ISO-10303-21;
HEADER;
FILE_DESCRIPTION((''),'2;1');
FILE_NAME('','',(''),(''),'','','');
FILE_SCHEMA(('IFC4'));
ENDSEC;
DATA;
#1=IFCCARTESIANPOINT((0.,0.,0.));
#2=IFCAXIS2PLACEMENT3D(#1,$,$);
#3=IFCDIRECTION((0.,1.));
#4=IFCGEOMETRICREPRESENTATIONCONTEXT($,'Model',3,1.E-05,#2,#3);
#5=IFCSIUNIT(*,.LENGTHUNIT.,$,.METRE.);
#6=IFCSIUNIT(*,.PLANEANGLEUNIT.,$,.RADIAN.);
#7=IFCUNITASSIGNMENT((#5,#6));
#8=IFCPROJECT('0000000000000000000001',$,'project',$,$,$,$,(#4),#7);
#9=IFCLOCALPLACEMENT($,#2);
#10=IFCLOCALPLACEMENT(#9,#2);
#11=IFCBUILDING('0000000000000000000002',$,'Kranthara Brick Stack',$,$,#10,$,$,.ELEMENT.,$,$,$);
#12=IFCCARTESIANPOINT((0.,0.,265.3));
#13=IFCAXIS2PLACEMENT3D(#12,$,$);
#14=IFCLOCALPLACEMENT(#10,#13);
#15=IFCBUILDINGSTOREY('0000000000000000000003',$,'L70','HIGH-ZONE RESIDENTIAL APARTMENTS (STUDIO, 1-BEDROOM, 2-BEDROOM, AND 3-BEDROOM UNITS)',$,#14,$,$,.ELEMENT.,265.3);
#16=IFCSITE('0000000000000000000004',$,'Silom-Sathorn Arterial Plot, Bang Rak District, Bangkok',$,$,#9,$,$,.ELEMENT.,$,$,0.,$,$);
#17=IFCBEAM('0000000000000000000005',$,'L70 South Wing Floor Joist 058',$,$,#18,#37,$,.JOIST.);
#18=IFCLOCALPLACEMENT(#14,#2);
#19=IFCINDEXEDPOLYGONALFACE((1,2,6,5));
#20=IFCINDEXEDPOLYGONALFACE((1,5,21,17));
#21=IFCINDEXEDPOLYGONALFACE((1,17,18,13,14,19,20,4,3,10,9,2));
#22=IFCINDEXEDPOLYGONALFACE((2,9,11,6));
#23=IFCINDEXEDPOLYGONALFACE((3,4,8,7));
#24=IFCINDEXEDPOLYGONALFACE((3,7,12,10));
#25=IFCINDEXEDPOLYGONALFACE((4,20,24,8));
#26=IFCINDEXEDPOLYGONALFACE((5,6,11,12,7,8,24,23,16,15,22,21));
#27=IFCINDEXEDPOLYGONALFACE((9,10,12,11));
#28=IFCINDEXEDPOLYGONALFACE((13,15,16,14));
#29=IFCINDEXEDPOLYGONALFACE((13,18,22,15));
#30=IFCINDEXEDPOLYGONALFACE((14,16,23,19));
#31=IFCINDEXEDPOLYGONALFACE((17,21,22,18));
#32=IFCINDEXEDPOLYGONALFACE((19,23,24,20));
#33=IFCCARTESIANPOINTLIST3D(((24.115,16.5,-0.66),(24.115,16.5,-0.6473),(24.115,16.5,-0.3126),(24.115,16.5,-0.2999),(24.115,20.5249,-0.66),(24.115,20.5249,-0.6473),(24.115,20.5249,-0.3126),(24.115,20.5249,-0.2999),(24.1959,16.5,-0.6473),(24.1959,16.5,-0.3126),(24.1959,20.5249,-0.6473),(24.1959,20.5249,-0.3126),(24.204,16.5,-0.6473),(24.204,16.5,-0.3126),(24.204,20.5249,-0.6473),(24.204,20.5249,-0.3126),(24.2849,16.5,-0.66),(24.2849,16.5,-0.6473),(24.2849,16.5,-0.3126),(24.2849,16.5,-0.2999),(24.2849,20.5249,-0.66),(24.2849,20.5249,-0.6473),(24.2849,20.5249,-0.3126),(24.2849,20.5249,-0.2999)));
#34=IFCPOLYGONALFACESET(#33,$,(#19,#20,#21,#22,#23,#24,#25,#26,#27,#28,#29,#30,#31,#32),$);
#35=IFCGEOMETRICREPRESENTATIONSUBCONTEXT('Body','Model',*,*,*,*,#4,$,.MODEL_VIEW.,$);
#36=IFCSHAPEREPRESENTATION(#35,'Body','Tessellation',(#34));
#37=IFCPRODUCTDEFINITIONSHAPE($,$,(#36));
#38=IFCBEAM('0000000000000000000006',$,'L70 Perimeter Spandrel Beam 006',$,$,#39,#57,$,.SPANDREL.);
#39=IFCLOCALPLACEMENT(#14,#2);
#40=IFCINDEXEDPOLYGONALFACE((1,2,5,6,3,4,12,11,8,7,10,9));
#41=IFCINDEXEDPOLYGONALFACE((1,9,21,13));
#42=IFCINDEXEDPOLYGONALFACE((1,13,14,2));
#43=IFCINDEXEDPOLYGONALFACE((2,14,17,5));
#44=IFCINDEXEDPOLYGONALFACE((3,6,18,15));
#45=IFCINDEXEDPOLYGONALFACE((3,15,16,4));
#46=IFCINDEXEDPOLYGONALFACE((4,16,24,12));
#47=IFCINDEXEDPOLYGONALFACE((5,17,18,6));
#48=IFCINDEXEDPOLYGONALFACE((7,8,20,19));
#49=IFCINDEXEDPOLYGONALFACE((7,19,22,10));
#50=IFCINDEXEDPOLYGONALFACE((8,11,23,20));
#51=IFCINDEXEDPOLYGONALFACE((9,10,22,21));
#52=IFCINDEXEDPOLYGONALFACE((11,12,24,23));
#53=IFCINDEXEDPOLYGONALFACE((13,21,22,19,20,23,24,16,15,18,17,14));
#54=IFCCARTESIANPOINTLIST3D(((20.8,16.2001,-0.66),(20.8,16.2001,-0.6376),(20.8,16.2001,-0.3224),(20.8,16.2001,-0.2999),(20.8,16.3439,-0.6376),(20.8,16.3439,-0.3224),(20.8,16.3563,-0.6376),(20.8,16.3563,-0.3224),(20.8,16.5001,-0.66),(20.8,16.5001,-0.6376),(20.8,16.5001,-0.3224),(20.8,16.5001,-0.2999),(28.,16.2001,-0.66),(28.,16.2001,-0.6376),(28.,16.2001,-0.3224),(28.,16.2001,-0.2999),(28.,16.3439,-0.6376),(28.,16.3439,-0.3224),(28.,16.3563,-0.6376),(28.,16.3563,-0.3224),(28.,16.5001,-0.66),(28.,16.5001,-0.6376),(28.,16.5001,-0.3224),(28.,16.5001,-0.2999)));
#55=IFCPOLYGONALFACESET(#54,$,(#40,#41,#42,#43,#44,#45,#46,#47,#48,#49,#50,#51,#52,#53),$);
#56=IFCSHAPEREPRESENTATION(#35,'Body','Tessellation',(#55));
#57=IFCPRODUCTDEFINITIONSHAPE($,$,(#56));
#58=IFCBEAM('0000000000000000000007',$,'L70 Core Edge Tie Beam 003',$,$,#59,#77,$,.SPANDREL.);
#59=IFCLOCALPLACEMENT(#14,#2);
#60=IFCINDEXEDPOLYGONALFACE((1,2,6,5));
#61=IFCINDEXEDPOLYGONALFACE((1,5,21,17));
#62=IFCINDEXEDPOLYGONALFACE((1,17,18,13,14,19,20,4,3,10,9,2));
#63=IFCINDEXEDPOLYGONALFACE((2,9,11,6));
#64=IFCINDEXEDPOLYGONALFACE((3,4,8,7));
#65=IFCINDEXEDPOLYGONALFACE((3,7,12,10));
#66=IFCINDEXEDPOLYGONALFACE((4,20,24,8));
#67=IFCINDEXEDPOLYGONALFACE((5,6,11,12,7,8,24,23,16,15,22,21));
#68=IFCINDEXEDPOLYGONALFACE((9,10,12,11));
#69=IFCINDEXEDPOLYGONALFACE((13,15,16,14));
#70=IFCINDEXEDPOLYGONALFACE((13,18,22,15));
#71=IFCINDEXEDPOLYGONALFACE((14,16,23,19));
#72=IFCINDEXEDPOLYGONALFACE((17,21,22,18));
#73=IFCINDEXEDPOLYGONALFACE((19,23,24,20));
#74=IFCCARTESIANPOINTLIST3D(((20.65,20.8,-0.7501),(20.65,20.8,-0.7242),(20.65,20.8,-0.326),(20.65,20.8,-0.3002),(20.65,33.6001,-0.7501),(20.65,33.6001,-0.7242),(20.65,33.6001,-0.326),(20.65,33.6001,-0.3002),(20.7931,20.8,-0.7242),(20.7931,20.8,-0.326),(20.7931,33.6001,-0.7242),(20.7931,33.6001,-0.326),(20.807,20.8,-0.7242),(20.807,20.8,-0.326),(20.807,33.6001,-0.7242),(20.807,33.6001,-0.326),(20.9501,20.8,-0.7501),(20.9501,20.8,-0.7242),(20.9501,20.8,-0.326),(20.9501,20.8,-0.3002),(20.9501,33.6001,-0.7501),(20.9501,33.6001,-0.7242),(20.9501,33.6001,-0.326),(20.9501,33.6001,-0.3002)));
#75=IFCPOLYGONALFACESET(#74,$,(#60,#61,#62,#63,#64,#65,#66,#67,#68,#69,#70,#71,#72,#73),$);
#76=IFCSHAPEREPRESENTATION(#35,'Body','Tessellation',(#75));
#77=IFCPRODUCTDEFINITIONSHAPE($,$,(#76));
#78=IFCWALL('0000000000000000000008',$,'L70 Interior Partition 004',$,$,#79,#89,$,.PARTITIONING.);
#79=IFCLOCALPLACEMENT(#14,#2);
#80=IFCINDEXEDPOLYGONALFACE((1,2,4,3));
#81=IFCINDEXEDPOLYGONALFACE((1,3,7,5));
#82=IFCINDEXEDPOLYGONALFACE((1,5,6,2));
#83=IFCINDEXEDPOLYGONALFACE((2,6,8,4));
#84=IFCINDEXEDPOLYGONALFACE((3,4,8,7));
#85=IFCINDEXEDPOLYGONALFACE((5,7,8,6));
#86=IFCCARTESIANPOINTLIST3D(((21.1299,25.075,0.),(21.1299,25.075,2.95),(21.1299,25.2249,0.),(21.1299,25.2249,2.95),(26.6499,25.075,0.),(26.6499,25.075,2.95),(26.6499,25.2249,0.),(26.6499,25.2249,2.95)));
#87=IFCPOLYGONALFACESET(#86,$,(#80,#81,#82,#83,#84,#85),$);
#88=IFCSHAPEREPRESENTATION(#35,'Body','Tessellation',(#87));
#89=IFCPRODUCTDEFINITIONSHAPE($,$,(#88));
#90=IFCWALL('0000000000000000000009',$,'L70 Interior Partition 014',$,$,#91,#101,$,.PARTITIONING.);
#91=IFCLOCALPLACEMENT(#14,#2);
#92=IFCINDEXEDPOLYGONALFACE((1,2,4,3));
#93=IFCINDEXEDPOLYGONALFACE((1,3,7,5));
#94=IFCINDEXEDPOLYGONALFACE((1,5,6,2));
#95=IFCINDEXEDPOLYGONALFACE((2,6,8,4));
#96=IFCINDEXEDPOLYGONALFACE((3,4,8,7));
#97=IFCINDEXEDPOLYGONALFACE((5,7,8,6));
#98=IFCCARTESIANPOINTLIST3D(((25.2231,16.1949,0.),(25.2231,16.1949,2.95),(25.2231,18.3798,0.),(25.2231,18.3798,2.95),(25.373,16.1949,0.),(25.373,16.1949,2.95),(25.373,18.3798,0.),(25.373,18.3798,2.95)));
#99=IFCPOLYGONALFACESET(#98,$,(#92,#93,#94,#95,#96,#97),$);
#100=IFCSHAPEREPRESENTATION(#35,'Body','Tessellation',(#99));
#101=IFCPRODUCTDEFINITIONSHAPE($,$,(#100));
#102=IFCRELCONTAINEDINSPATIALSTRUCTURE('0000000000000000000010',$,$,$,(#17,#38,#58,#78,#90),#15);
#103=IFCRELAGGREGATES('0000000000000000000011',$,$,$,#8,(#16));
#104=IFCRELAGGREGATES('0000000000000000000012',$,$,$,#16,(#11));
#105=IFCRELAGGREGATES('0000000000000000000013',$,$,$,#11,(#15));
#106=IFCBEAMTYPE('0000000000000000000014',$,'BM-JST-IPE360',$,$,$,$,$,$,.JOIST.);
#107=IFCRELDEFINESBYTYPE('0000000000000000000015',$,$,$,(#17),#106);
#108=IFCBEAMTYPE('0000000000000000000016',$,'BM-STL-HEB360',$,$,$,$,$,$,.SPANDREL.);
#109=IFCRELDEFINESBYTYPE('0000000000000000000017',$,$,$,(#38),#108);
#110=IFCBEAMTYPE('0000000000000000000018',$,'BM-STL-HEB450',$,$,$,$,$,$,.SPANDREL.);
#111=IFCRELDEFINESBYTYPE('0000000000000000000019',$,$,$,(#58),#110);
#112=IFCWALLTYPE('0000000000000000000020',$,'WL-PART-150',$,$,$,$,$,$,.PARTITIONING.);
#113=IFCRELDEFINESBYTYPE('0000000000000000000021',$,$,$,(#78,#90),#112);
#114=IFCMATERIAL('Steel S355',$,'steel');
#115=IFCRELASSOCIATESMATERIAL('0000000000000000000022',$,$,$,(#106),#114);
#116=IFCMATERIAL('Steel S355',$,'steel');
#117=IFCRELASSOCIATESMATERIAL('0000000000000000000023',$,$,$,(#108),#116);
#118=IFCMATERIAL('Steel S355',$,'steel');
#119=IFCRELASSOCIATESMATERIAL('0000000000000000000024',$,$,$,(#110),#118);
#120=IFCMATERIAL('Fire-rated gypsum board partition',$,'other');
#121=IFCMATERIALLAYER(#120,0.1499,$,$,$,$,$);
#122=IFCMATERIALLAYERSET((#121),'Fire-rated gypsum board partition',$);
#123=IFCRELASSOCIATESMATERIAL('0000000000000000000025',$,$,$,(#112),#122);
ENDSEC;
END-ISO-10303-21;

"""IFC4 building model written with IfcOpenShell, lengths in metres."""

from ifc_helpers import new_model, si_unit, direction, frame, frame_2d, origin, origin_2d, place, context, subcontext, project, spatial, rectangle, i_section, extrude, material, layer, layer_set, material_profile, profile_set, type_object, element, save


model = new_model("IFC4")

# Units and contexts
model_context = context("Model", 3, precision=1e-05, world=origin(), true_north=direction((0.0, 1.0)))
body_context = subcontext(model_context, "Body", "Model", "MODEL_VIEW")
ifc_project = project(units=[si_unit("LENGTHUNIT", "METRE"), si_unit("PLANEANGLEUNIT", "RADIAN")], contexts=[model_context])

# Site, building, storey
site_placement = place(None, origin())
site = spatial("IfcSite", under=ifc_project, at=site_placement, Name="Silom-Sathorn Arterial Plot, Bang Rak District, Bangkok", CompositionType="ELEMENT", RefElevation=0.0)
building_placement = place(site_placement, origin())
building = spatial("IfcBuilding", under=site, at=building_placement, Name="Kranthara Brick Stack", CompositionType="ELEMENT")
storey_placement = place(building_placement, frame((0.0, 0.0, 265.3)))
storey = spatial("IfcBuildingStorey", under=building, at=storey_placement, Name="L70", Description="HIGH-ZONE RESIDENTIAL APARTMENTS (STUDIO, 1-BEDROOM, 2-BEDROOM, AND 3-BEDROOM UNITS)", CompositionType="ELEMENT", Elevation=265.3)

# Beams
ifc_material_1 = material(Name="Steel S355", Category="steel")
ifc_material_profile_1 = material_profile(ifc_material_1, i_section(OverallWidth=0.1699, OverallDepth=0.3601, WebThickness=0.0081, FlangeThickness=0.0127, at=origin_2d()), Name="IPE 360")
ifc_profile_set_1 = profile_set([ifc_material_profile_1], Name="Steel S355")
beam_type_1 = type_object("IfcBeamType", Name="BM-JST-IPE360", PredefinedType="JOIST", material=ifc_profile_set_1)
for number, where, z_axis, x_axis, name in (
    (1, (24.2, 16.5, -0.48), (0.0, 1.0, 0.0), (-1.0, 0.0, 0.0), "L70 South Wing Floor Joist 058"),
):
    element("IfcBeam", number, at=place(storey_placement, frame(where, z_axis=z_axis, x_axis=x_axis)), inside=storey, type_object=beam_type_1, Name=name, PredefinedType="JOIST", context=body_context, shape_type="SweptSolid", body=[
        extrude(i_section(OverallWidth=0.1699, OverallDepth=0.3601, WebThickness=0.0081, FlangeThickness=0.0127, at=origin_2d()), origin(), (0.0, 0.0, 1.0), 4.0249),
    ])
ifc_material_2 = material(Name="Steel S355", Category="steel")
ifc_material_profile_2 = material_profile(ifc_material_2, i_section(OverallWidth=0.3, OverallDepth=0.3601, WebThickness=0.0125, FlangeThickness=0.0225, at=origin_2d()), Name="HEB 360")
ifc_profile_set_2 = profile_set([ifc_material_profile_2], Name="Steel S355")
beam_type_2 = type_object("IfcBeamType", Name="BM-STL-HEB360", PredefinedType="SPANDREL", material=ifc_profile_set_2)
beam_1_placement = place(storey_placement, frame((20.8, 16.3501, -0.48), z_axis=(1.0, 0.0, 0.0), x_axis=(0.0, 1.0, 0.0)))
element("IfcBeam", 2, at=beam_1_placement, inside=storey, type_object=beam_type_2, Name="L70 Perimeter Spandrel Beam 006", PredefinedType="SPANDREL", context=body_context, shape_type="SweptSolid", body=[
    extrude(i_section(OverallWidth=0.3, OverallDepth=0.3601, WebThickness=0.0125, FlangeThickness=0.0225, at=origin_2d()), origin(), (0.0, 0.0, 1.0), 7.2),
])
ifc_material_3 = material(Name="Steel S355", Category="steel")
ifc_material_profile_3 = material_profile(ifc_material_3, i_section(OverallWidth=0.3, OverallDepth=0.45, WebThickness=0.0139, FlangeThickness=0.0259, at=origin_2d()), Name="HEB 450")
ifc_profile_set_3 = profile_set([ifc_material_profile_3], Name="Steel S355")
beam_type_3 = type_object("IfcBeamType", Name="BM-STL-HEB450", PredefinedType="SPANDREL", material=ifc_profile_set_3)
beam_2_placement = place(storey_placement, frame((20.8, 20.8, -0.5251), z_axis=(0.0, 1.0, 0.0), x_axis=(-1.0, 0.0, 0.0)))
element("IfcBeam", 3, at=beam_2_placement, inside=storey, type_object=beam_type_3, Name="L70 Core Edge Tie Beam 003", PredefinedType="SPANDREL", context=body_context, shape_type="SweptSolid", body=[
    extrude(i_section(OverallWidth=0.3, OverallDepth=0.45, WebThickness=0.0139, FlangeThickness=0.0259, at=origin_2d()), origin(), (0.0, 0.0, 1.0), 12.8),
])

# Walls
ifc_material_4 = material(Name="Fire-rated gypsum board partition", Category="other")
ifc_layer_1 = layer(ifc_material_4, 0.1499)
ifc_layer_set_1 = layer_set([ifc_layer_1], Name="Fire-rated gypsum board partition")
wall_type_1 = type_object("IfcWallType", Name="WL-PART-150", PredefinedType="PARTITIONING", material=ifc_layer_set_1)
wall_1_placement = place(storey_placement, frame((21.1299, 25.1499, 0.0), z_axis=(0.0, 0.0, 1.0), x_axis=(1.0, 0.0, 0.0)))
element("IfcWall", 4, at=wall_1_placement, inside=storey, type_object=wall_type_1, Name="L70 Interior Partition 004", PredefinedType="PARTITIONING", context=body_context, shape_type="SweptSolid", body=[
    extrude(rectangle(XDim=5.52, YDim=0.1499, at=frame_2d((2.76, 0.0))), origin(), (0.0, 0.0, 1.0), 2.95),
])
wall_2_placement = place(storey_placement, frame((25.2981, 16.1951, 0.0), z_axis=(0.0, 0.0, 1.0), x_axis=(0.0, 1.0, 0.0)))
element("IfcWall", 5, at=wall_2_placement, inside=storey, type_object=wall_type_1, Name="L70 Interior Partition 014", PredefinedType="PARTITIONING", context=body_context, shape_type="SweptSolid", body=[
    extrude(rectangle(XDim=2.1848, YDim=0.1499, at=frame_2d((1.0923, 0.0))), origin(), (0.0, 0.0, 1.0), 2.95),
])

save(model, "model.ifc")
